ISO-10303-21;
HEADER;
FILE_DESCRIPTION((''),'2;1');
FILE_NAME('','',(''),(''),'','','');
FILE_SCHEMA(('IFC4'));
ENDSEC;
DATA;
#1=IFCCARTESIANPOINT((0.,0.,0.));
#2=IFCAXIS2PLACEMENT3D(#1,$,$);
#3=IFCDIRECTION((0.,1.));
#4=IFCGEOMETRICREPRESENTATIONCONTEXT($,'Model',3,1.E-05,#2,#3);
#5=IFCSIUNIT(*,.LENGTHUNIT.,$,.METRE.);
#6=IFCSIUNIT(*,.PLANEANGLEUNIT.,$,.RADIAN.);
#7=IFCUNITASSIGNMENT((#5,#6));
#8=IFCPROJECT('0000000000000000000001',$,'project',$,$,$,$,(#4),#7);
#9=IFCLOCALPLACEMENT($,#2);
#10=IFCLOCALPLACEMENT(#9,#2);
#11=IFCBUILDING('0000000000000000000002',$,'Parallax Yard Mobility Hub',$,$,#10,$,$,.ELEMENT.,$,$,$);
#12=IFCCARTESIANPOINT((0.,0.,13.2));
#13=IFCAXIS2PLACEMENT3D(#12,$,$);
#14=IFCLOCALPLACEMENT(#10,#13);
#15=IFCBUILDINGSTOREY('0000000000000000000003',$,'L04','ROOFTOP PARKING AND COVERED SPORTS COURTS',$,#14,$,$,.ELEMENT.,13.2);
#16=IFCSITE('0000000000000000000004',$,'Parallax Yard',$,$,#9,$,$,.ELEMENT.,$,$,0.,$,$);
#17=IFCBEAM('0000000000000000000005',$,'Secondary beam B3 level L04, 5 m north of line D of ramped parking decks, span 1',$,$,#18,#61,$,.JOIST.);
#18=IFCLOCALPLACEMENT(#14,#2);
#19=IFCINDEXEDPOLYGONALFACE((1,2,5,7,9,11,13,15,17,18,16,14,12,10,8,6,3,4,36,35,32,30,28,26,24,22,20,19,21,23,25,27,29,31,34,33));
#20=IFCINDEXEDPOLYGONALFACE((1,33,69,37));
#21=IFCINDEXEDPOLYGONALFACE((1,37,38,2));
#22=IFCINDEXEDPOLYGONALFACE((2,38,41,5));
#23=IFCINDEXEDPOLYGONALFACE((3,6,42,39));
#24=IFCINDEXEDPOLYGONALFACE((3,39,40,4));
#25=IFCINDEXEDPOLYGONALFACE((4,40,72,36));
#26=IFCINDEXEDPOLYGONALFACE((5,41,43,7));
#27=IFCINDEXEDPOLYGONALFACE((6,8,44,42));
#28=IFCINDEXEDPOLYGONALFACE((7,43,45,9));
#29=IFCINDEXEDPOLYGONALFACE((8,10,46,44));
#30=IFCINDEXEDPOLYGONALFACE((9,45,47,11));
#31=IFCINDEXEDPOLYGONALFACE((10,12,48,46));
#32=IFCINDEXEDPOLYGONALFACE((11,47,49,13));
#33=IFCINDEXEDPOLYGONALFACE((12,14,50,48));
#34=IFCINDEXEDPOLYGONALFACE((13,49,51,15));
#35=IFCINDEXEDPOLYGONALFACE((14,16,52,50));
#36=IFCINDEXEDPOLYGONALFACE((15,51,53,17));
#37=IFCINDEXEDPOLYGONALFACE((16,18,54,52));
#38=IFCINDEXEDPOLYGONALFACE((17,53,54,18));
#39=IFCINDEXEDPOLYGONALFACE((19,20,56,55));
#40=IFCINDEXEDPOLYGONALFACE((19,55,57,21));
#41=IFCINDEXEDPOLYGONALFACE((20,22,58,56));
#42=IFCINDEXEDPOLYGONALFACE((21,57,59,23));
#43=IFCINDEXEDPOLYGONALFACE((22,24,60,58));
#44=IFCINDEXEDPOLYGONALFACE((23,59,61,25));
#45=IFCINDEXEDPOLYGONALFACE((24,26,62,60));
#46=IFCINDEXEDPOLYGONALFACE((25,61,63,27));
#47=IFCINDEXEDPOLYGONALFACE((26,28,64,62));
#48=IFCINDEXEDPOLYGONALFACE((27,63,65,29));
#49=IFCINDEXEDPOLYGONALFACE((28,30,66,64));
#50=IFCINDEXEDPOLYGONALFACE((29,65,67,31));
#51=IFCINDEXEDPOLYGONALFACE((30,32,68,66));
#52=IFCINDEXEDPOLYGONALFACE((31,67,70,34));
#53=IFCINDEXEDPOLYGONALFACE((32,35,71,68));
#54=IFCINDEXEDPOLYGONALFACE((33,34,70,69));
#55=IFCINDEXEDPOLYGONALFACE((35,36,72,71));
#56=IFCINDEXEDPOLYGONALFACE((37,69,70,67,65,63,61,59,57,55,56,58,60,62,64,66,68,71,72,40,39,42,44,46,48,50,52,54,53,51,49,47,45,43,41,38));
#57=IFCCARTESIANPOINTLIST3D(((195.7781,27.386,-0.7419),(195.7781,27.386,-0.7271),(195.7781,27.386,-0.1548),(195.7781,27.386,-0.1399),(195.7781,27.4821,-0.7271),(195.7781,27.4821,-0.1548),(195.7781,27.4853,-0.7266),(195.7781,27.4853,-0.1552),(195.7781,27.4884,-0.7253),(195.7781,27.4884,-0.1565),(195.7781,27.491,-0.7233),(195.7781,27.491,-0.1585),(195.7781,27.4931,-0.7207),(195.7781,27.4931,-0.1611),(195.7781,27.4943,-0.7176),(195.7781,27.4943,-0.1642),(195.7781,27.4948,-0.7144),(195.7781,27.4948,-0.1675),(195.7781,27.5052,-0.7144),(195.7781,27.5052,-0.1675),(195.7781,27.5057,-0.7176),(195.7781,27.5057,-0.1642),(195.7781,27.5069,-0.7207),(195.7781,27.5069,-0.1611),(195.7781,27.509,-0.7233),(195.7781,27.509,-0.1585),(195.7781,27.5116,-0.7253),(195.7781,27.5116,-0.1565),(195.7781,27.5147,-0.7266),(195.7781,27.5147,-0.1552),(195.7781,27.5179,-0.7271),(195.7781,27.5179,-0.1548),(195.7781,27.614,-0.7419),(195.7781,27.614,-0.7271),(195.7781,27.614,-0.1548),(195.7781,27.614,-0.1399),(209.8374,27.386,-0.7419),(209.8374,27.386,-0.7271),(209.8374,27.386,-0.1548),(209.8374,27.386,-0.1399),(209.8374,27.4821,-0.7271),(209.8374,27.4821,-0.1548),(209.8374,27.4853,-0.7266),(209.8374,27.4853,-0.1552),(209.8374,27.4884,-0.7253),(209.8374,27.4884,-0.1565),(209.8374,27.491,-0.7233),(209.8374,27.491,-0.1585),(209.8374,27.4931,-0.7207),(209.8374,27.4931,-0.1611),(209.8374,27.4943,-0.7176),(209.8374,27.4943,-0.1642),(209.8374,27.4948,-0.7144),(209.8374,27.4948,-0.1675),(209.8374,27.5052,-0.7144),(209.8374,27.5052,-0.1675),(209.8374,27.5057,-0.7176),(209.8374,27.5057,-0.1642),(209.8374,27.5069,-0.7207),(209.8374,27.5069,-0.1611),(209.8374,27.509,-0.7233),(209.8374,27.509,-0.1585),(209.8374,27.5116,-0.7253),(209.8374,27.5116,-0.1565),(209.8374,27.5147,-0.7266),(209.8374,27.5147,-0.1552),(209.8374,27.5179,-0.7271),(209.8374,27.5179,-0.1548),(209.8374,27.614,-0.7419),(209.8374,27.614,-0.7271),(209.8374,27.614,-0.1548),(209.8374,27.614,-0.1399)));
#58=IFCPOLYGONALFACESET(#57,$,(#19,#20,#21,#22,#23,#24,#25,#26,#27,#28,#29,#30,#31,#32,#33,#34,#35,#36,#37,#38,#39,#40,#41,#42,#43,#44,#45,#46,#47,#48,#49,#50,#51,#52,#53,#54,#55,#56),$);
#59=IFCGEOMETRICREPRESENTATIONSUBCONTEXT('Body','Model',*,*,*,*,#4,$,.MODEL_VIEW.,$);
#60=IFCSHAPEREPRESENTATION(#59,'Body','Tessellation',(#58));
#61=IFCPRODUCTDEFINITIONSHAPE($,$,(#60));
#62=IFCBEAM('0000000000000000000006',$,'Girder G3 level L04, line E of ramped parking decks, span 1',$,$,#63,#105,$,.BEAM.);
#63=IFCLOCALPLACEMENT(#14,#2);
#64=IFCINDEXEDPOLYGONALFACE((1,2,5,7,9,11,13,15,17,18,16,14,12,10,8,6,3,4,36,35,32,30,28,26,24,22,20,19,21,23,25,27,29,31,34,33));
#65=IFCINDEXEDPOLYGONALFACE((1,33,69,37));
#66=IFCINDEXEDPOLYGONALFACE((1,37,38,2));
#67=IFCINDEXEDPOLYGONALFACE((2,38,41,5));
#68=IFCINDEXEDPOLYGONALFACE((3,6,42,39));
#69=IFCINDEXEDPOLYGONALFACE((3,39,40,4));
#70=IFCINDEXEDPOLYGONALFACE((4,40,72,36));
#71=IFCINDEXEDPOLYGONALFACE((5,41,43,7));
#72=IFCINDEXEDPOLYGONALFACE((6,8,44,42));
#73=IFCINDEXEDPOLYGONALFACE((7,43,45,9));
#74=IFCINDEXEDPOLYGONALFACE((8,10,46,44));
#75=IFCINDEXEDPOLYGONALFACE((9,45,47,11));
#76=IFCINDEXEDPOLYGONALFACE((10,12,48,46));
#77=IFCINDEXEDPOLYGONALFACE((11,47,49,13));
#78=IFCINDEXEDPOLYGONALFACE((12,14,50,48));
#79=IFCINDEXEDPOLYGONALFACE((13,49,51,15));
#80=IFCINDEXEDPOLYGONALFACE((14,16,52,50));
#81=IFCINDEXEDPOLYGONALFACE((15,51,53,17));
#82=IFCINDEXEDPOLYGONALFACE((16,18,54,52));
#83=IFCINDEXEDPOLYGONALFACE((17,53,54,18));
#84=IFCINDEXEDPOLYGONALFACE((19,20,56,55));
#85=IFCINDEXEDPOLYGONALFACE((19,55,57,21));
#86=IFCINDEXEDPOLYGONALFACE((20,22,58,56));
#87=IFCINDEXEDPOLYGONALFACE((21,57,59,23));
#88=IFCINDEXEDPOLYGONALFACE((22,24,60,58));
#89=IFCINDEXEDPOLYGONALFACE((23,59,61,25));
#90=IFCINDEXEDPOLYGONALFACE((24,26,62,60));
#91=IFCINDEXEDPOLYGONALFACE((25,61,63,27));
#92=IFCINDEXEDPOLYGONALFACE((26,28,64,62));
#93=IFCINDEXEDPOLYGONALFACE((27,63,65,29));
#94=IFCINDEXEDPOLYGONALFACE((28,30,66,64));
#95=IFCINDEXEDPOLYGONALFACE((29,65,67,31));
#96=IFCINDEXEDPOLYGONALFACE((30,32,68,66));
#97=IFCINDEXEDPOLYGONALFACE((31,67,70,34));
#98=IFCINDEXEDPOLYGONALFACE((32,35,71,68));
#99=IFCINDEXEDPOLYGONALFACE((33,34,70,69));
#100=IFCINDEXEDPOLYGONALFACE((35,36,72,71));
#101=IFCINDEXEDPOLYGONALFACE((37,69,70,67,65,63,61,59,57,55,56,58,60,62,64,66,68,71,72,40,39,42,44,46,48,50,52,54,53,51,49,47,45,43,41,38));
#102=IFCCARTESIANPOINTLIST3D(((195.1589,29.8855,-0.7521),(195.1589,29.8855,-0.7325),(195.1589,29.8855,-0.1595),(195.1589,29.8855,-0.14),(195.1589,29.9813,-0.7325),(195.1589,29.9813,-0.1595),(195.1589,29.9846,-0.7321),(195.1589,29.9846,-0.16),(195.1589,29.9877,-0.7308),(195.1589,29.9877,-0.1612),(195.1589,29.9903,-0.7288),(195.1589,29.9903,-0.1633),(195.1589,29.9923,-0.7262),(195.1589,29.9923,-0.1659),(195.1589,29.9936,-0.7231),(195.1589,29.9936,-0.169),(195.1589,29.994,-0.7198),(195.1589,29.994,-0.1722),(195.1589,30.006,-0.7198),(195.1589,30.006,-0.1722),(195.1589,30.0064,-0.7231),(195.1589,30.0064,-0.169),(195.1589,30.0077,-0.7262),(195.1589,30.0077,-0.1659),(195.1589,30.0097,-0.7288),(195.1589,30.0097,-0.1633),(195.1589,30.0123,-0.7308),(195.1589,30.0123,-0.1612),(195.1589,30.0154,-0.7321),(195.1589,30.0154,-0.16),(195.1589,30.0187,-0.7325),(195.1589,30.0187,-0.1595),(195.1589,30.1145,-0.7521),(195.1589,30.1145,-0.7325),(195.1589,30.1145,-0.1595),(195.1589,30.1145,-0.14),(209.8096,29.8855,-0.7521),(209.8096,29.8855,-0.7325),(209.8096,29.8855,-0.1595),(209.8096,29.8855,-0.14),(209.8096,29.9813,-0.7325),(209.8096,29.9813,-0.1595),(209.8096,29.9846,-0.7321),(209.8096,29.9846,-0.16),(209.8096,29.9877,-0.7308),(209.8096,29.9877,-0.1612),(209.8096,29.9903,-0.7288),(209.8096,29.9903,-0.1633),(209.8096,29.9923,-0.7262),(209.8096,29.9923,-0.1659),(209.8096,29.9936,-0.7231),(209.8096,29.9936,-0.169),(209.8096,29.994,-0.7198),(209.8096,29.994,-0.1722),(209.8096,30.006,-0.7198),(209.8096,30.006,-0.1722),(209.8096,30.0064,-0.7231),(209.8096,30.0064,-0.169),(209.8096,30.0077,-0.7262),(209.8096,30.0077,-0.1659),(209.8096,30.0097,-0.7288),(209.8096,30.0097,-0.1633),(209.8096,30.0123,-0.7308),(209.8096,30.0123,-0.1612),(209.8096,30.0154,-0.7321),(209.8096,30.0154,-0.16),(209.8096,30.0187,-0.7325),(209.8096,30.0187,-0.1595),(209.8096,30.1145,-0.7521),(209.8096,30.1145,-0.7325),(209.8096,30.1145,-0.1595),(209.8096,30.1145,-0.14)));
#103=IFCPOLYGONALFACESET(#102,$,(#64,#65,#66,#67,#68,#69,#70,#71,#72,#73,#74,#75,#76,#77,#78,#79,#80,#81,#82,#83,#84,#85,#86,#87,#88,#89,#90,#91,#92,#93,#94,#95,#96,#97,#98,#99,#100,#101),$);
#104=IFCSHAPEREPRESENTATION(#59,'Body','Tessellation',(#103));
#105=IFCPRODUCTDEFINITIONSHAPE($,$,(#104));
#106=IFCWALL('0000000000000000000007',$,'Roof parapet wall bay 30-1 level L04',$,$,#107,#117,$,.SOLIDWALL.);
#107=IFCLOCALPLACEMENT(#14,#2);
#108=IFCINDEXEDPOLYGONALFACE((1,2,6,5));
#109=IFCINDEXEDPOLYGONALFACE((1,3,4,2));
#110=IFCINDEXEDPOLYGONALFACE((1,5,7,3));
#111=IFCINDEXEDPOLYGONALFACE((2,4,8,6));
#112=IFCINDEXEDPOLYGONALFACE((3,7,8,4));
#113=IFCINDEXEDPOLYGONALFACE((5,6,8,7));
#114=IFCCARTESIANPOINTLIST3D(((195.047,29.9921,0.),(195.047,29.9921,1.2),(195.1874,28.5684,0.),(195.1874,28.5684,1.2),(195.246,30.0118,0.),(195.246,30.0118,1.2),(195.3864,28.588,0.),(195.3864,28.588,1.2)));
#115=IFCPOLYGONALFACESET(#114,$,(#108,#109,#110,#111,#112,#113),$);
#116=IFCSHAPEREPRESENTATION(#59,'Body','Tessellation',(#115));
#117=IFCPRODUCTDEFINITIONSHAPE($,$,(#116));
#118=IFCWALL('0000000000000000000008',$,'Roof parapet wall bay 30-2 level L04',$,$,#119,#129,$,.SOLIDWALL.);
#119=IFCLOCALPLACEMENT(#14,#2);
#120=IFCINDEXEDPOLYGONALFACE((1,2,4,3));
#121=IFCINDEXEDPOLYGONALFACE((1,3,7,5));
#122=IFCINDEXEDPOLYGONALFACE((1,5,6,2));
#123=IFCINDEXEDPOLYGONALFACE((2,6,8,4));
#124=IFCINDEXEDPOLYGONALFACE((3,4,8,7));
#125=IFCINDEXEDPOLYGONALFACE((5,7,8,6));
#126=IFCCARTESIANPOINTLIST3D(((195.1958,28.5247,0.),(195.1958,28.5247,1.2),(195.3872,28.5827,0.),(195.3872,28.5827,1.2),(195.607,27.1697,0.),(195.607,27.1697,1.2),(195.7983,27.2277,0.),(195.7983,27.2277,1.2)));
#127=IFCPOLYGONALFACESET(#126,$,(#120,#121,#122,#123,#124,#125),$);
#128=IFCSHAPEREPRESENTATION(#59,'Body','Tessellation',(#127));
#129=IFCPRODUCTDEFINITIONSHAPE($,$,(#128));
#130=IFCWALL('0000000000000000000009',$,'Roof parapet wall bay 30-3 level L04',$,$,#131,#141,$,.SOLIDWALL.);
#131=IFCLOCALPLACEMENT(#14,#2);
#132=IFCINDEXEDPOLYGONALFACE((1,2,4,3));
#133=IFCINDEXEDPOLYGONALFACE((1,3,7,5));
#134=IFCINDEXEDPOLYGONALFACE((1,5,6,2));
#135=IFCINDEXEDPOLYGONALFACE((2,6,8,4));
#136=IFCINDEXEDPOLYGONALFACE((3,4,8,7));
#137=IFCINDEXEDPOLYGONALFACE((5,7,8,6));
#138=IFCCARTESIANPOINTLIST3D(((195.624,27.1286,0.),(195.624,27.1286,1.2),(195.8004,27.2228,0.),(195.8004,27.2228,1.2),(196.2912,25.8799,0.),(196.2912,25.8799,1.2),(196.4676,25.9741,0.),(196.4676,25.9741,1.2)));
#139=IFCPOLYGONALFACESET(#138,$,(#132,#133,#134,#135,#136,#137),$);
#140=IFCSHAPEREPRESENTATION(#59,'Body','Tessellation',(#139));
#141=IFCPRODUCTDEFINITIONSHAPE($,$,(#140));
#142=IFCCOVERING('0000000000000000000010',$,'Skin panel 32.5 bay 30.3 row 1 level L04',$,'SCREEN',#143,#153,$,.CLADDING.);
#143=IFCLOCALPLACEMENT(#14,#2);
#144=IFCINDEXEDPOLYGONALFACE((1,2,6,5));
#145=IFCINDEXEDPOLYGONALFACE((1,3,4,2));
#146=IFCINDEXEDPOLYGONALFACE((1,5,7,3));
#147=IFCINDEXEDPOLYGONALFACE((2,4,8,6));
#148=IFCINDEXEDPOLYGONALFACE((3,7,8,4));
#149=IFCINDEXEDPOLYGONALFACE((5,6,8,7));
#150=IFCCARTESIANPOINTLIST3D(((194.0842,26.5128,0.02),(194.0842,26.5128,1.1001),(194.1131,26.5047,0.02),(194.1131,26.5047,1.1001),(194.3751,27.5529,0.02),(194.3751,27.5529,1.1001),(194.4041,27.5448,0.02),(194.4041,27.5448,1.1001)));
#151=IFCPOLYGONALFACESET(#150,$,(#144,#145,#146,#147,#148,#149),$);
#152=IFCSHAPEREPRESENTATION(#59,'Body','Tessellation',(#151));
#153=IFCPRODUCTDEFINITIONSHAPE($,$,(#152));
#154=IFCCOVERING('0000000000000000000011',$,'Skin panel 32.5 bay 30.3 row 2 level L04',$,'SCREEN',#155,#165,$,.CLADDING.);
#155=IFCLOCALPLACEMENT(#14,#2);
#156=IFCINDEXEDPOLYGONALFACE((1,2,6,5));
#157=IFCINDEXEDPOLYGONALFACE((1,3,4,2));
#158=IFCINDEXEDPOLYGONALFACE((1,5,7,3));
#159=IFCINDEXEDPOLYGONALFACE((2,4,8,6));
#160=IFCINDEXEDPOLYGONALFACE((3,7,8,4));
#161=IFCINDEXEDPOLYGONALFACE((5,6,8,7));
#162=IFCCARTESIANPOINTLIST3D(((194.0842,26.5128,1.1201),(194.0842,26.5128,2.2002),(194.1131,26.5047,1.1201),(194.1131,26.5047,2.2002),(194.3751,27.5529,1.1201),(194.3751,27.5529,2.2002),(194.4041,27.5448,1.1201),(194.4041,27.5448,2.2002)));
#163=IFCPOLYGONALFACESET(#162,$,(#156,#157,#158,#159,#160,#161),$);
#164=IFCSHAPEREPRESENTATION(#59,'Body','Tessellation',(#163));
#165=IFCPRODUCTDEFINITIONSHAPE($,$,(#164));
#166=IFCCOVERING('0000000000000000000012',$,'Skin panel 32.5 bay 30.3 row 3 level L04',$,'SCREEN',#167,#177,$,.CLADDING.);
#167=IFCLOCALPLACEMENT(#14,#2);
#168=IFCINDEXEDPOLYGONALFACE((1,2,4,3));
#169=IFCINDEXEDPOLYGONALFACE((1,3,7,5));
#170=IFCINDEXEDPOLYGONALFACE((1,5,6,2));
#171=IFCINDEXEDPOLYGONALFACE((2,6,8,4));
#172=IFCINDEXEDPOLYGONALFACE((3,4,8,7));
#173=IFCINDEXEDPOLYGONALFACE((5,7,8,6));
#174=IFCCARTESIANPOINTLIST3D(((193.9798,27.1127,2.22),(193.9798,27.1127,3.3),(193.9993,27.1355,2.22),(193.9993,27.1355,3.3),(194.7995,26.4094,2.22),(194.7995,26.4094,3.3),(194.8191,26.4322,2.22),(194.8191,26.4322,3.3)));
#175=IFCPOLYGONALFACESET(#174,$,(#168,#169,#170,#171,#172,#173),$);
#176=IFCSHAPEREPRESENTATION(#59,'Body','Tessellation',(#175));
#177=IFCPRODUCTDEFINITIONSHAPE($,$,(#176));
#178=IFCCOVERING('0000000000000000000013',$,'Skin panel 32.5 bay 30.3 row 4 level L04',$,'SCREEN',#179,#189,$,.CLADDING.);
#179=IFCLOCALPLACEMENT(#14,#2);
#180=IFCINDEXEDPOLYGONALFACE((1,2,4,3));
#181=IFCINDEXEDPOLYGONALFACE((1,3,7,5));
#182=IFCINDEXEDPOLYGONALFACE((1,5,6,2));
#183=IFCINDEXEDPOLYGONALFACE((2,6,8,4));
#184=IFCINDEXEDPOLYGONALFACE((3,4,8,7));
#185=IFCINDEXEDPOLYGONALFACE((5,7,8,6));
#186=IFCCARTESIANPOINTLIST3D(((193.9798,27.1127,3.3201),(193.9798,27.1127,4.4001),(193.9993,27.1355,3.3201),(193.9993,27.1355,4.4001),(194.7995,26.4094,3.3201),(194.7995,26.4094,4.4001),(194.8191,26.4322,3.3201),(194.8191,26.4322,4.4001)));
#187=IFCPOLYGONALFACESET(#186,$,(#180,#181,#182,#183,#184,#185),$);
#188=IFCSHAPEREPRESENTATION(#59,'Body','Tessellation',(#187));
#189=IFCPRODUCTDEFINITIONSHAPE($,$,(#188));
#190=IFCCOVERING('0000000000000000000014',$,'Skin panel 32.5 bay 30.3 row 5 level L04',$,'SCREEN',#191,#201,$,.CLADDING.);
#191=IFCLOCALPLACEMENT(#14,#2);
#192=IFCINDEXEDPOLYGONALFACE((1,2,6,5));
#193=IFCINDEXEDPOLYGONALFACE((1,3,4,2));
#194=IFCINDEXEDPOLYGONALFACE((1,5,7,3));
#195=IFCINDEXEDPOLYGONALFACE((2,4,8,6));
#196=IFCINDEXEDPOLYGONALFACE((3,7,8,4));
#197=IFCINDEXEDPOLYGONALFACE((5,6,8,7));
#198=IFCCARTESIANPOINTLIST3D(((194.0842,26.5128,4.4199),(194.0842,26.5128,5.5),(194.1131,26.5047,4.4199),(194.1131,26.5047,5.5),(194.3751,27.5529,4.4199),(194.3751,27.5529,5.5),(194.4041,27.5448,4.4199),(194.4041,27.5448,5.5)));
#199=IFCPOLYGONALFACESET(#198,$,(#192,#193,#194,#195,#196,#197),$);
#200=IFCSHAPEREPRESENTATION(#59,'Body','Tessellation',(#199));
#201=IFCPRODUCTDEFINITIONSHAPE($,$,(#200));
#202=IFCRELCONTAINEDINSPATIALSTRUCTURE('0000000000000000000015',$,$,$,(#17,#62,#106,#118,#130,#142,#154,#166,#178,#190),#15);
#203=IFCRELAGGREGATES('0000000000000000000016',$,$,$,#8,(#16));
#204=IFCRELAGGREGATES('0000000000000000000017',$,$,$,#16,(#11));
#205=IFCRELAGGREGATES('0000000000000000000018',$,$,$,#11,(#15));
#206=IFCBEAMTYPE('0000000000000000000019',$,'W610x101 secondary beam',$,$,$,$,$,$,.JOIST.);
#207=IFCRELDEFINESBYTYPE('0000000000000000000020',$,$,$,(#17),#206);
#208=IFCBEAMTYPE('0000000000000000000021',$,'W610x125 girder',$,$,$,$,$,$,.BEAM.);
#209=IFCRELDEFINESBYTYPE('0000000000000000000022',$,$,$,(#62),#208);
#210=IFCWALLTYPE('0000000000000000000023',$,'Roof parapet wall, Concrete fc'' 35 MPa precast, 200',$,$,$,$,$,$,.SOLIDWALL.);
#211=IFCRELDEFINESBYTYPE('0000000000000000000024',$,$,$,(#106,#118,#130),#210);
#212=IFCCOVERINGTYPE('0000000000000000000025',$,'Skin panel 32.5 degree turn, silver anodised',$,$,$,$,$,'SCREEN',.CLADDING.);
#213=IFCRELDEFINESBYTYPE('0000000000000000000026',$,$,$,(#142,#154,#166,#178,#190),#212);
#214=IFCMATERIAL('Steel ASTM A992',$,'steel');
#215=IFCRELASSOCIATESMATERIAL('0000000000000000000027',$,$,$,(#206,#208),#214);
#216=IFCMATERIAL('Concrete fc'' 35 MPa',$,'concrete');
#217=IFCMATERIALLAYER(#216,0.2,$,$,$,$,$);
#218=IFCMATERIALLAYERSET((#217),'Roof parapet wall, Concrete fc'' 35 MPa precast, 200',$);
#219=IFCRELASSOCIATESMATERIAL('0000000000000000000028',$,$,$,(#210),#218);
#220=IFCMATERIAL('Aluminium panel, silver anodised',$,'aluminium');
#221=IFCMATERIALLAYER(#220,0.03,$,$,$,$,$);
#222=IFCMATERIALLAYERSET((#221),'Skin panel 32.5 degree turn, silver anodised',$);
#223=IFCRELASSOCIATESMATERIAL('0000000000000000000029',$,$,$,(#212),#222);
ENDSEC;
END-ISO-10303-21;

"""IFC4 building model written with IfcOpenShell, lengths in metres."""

from ifc_helpers import new_model, si_unit, direction, frame, frame_2d, origin, origin_2d, place, context, subcontext, project, spatial, rectangle, i_section, extrude, material, layer, layer_set, material_profile, profile_set, type_object, element, save


model = new_model("IFC4")

# Units and contexts
model_context = context("Model", 3, precision=1e-05, world=origin(), true_north=direction((0.0, 1.0)))
body_context = subcontext(model_context, "Body", "Model", "MODEL_VIEW")
ifc_project = project(units=[si_unit("LENGTHUNIT", "METRE"), si_unit("PLANEANGLEUNIT", "RADIAN")], contexts=[model_context])

# Site, building, storey
site_placement = place(None, origin())
site = spatial("IfcSite", under=ifc_project, at=site_placement, Name="Parallax Yard", CompositionType="ELEMENT", RefElevation=0.0)
building_placement = place(site_placement, origin())
building = spatial("IfcBuilding", under=site, at=building_placement, Name="Parallax Yard Mobility Hub", CompositionType="ELEMENT")
storey_placement = place(building_placement, frame((0.0, 0.0, 13.2)))
storey = spatial("IfcBuildingStorey", under=building, at=storey_placement, Name="L04", Description="ROOFTOP PARKING AND COVERED SPORTS COURTS", CompositionType="ELEMENT", Elevation=13.2)

# Shared definitions
ifc_material_1 = material(Name="Steel ASTM A992", Category="steel")

# Beams
ifc_material_profile_1 = material_profile(ifc_material_1, i_section(OverallWidth=0.228, OverallDepth=0.6021, WebThickness=0.0105, FlangeThickness=0.0149, FilletRadius=0.0127, at=origin_2d()), Name="W610x101")
ifc_profile_set_1 = profile_set([ifc_material_profile_1], Name="Steel ASTM A992")
beam_type_1 = type_object("IfcBeamType", Name="W610x101 secondary beam", PredefinedType="JOIST", material=ifc_profile_set_1)
beam_1_placement = place(storey_placement, frame((195.7781, 27.5, -0.4409), z_axis=(1.0, 0.0, 0.0), x_axis=(0.0, 1.0, 0.0)))
element("IfcBeam", 1, at=beam_1_placement, inside=storey, type_object=beam_type_1, Name="Secondary beam B3 level L04, 5 m north of line D of ramped parking decks, span 1", PredefinedType="JOIST", context=body_context, shape_type="SweptSolid", body=[
    extrude(i_section(OverallWidth=0.228, OverallDepth=0.6021, WebThickness=0.0105, FlangeThickness=0.0149, FilletRadius=0.0127, at=origin_2d()), origin(), (0.0, 0.0, 1.0), 14.0593),
])
ifc_material_profile_2 = material_profile(ifc_material_1, i_section(OverallWidth=0.229, OverallDepth=0.6121, WebThickness=0.012, FlangeThickness=0.0195, FilletRadius=0.0127, at=origin_2d()), Name="W610x125")
ifc_profile_set_2 = profile_set([ifc_material_profile_2], Name="Steel ASTM A992")
beam_type_2 = type_object("IfcBeamType", Name="W610x125 girder", PredefinedType="BEAM", material=ifc_profile_set_2)
beam_2_placement = place(storey_placement, frame((195.1589, 30.0, -0.446), z_axis=(1.0, 0.0, 0.0), x_axis=(0.0, 1.0, 0.0)))
element("IfcBeam", 2, at=beam_2_placement, inside=storey, type_object=beam_type_2, Name="Girder G3 level L04, line E of ramped parking decks, span 1", PredefinedType="BEAM", context=body_context, shape_type="SweptSolid", body=[
    extrude(i_section(OverallWidth=0.229, OverallDepth=0.6121, WebThickness=0.012, FlangeThickness=0.0195, FilletRadius=0.0127, at=origin_2d()), origin(), (0.0, 0.0, 1.0), 14.6506),
])

# Walls
ifc_material_2 = material(Name="Concrete fc' 35 MPa", Category="concrete")
ifc_layer_1 = layer(ifc_material_2, 0.2)
ifc_layer_set_1 = layer_set([ifc_layer_1], Name="Roof parapet wall, Concrete fc' 35 MPa precast, 200")
wall_type = type_object("IfcWallType", Name="Roof parapet wall, Concrete fc' 35 MPa precast, 200", PredefinedType="SOLIDWALL", material=ifc_layer_set_1)
wall_1_placement = place(storey_placement, frame((195.1465, 30.002, 0.0), z_axis=(0.0, 0.0, 1.0), x_axis=(0.098118, -0.995175, 0.0)))
element("IfcWall", 3, at=wall_1_placement, inside=storey, type_object=wall_type, Name="Roof parapet wall bay 30-1 level L04", PredefinedType="SOLIDWALL", context=body_context, shape_type="SweptSolid", body=[
    extrude(rectangle(XDim=1.4307, YDim=0.2, at=frame_2d((0.7153, 0.0))), origin(), (0.0, 0.0, 1.0), 1.2),
])
wall_2_placement = place(storey_placement, frame((195.2915, 28.5537, 0.0), z_axis=(0.0, 0.0, 1.0), x_axis=(0.290352, -0.95692, 0.0)))
element("IfcWall", 4, at=wall_2_placement, inside=storey, type_object=wall_type, Name="Roof parapet wall bay 30-2 level L04", PredefinedType="SOLIDWALL", context=body_context, shape_type="SweptSolid", body=[
    extrude(rectangle(XDim=1.416, YDim=0.2, at=frame_2d((0.708, 0.0))), origin(), (0.0, 0.0, 1.0), 1.2),
])
wall_3_placement = place(storey_placement, frame((195.7122, 27.1758, 0.0), z_axis=(0.0, 0.0, 1.0), x_axis=(0.471259, -0.881995, 0.0)))
element("IfcWall", 5, at=wall_3_placement, inside=storey, type_object=wall_type, Name="Roof parapet wall bay 30-3 level L04", PredefinedType="SOLIDWALL", context=body_context, shape_type="SweptSolid", body=[
    extrude(rectangle(XDim=1.4158, YDim=0.2, at=frame_2d((0.708, 0.0))), origin(), (0.0, 0.0, 1.0), 1.2),
])

# Coverings
ifc_material_3 = material(Name="Aluminium panel, silver anodised", Category="aluminium")
ifc_layer_2 = layer(ifc_material_3, 0.03)
ifc_layer_set_2 = layer_set([ifc_layer_2], Name="Skin panel 32.5 degree turn, silver anodised")
covering_type_1 = type_object("IfcCoveringType", Name="Skin panel 32.5 degree turn, silver anodised", ElementType="SCREEN", PredefinedType="CLADDING", material=ifc_layer_set_2)
for number, where, z_axis, x_axis, name in (
    (6, (194.2441, 27.0288, 0.02), (0.0, 0.0, 1.0), (-0.26934, -0.963045, 0.0), "Skin panel 32.5 bay 30.3 row 1 level L04"),
    (7, (194.2441, 27.0288, 1.1201), (0.0, 0.0, 1.0), (-0.26934, -0.963045, 0.0), "Skin panel 32.5 bay 30.3 row 2 level L04"),
    (8, (194.3994, 26.7725, 2.22), (0.0, 0.0, 1.0), (-0.758987, 0.651105, 0.0), "Skin panel 32.5 bay 30.3 row 3 level L04"),
    (9, (194.3994, 26.7725, 3.3201), (0.0, 0.0, 1.0), (-0.758987, 0.651105, 0.0), "Skin panel 32.5 bay 30.3 row 4 level L04"),
    (10, (194.2441, 27.0288, 4.4199), (0.0, 0.0, 1.0), (-0.26934, -0.963045, 0.0), "Skin panel 32.5 bay 30.3 row 5 level L04"),
):
    element("IfcCovering", number, at=place(storey_placement, frame(where, z_axis=z_axis, x_axis=x_axis)), inside=storey, type_object=covering_type_1, Name=name, ObjectType="SCREEN", PredefinedType="CLADDING", context=body_context, shape_type="SweptSolid", body=[
        extrude(rectangle(XDim=1.0801, YDim=0.03, at=origin_2d()), origin(), (0.0, 0.0, 1.0), 1.0801),
    ])

save(model, "model.ifc")
